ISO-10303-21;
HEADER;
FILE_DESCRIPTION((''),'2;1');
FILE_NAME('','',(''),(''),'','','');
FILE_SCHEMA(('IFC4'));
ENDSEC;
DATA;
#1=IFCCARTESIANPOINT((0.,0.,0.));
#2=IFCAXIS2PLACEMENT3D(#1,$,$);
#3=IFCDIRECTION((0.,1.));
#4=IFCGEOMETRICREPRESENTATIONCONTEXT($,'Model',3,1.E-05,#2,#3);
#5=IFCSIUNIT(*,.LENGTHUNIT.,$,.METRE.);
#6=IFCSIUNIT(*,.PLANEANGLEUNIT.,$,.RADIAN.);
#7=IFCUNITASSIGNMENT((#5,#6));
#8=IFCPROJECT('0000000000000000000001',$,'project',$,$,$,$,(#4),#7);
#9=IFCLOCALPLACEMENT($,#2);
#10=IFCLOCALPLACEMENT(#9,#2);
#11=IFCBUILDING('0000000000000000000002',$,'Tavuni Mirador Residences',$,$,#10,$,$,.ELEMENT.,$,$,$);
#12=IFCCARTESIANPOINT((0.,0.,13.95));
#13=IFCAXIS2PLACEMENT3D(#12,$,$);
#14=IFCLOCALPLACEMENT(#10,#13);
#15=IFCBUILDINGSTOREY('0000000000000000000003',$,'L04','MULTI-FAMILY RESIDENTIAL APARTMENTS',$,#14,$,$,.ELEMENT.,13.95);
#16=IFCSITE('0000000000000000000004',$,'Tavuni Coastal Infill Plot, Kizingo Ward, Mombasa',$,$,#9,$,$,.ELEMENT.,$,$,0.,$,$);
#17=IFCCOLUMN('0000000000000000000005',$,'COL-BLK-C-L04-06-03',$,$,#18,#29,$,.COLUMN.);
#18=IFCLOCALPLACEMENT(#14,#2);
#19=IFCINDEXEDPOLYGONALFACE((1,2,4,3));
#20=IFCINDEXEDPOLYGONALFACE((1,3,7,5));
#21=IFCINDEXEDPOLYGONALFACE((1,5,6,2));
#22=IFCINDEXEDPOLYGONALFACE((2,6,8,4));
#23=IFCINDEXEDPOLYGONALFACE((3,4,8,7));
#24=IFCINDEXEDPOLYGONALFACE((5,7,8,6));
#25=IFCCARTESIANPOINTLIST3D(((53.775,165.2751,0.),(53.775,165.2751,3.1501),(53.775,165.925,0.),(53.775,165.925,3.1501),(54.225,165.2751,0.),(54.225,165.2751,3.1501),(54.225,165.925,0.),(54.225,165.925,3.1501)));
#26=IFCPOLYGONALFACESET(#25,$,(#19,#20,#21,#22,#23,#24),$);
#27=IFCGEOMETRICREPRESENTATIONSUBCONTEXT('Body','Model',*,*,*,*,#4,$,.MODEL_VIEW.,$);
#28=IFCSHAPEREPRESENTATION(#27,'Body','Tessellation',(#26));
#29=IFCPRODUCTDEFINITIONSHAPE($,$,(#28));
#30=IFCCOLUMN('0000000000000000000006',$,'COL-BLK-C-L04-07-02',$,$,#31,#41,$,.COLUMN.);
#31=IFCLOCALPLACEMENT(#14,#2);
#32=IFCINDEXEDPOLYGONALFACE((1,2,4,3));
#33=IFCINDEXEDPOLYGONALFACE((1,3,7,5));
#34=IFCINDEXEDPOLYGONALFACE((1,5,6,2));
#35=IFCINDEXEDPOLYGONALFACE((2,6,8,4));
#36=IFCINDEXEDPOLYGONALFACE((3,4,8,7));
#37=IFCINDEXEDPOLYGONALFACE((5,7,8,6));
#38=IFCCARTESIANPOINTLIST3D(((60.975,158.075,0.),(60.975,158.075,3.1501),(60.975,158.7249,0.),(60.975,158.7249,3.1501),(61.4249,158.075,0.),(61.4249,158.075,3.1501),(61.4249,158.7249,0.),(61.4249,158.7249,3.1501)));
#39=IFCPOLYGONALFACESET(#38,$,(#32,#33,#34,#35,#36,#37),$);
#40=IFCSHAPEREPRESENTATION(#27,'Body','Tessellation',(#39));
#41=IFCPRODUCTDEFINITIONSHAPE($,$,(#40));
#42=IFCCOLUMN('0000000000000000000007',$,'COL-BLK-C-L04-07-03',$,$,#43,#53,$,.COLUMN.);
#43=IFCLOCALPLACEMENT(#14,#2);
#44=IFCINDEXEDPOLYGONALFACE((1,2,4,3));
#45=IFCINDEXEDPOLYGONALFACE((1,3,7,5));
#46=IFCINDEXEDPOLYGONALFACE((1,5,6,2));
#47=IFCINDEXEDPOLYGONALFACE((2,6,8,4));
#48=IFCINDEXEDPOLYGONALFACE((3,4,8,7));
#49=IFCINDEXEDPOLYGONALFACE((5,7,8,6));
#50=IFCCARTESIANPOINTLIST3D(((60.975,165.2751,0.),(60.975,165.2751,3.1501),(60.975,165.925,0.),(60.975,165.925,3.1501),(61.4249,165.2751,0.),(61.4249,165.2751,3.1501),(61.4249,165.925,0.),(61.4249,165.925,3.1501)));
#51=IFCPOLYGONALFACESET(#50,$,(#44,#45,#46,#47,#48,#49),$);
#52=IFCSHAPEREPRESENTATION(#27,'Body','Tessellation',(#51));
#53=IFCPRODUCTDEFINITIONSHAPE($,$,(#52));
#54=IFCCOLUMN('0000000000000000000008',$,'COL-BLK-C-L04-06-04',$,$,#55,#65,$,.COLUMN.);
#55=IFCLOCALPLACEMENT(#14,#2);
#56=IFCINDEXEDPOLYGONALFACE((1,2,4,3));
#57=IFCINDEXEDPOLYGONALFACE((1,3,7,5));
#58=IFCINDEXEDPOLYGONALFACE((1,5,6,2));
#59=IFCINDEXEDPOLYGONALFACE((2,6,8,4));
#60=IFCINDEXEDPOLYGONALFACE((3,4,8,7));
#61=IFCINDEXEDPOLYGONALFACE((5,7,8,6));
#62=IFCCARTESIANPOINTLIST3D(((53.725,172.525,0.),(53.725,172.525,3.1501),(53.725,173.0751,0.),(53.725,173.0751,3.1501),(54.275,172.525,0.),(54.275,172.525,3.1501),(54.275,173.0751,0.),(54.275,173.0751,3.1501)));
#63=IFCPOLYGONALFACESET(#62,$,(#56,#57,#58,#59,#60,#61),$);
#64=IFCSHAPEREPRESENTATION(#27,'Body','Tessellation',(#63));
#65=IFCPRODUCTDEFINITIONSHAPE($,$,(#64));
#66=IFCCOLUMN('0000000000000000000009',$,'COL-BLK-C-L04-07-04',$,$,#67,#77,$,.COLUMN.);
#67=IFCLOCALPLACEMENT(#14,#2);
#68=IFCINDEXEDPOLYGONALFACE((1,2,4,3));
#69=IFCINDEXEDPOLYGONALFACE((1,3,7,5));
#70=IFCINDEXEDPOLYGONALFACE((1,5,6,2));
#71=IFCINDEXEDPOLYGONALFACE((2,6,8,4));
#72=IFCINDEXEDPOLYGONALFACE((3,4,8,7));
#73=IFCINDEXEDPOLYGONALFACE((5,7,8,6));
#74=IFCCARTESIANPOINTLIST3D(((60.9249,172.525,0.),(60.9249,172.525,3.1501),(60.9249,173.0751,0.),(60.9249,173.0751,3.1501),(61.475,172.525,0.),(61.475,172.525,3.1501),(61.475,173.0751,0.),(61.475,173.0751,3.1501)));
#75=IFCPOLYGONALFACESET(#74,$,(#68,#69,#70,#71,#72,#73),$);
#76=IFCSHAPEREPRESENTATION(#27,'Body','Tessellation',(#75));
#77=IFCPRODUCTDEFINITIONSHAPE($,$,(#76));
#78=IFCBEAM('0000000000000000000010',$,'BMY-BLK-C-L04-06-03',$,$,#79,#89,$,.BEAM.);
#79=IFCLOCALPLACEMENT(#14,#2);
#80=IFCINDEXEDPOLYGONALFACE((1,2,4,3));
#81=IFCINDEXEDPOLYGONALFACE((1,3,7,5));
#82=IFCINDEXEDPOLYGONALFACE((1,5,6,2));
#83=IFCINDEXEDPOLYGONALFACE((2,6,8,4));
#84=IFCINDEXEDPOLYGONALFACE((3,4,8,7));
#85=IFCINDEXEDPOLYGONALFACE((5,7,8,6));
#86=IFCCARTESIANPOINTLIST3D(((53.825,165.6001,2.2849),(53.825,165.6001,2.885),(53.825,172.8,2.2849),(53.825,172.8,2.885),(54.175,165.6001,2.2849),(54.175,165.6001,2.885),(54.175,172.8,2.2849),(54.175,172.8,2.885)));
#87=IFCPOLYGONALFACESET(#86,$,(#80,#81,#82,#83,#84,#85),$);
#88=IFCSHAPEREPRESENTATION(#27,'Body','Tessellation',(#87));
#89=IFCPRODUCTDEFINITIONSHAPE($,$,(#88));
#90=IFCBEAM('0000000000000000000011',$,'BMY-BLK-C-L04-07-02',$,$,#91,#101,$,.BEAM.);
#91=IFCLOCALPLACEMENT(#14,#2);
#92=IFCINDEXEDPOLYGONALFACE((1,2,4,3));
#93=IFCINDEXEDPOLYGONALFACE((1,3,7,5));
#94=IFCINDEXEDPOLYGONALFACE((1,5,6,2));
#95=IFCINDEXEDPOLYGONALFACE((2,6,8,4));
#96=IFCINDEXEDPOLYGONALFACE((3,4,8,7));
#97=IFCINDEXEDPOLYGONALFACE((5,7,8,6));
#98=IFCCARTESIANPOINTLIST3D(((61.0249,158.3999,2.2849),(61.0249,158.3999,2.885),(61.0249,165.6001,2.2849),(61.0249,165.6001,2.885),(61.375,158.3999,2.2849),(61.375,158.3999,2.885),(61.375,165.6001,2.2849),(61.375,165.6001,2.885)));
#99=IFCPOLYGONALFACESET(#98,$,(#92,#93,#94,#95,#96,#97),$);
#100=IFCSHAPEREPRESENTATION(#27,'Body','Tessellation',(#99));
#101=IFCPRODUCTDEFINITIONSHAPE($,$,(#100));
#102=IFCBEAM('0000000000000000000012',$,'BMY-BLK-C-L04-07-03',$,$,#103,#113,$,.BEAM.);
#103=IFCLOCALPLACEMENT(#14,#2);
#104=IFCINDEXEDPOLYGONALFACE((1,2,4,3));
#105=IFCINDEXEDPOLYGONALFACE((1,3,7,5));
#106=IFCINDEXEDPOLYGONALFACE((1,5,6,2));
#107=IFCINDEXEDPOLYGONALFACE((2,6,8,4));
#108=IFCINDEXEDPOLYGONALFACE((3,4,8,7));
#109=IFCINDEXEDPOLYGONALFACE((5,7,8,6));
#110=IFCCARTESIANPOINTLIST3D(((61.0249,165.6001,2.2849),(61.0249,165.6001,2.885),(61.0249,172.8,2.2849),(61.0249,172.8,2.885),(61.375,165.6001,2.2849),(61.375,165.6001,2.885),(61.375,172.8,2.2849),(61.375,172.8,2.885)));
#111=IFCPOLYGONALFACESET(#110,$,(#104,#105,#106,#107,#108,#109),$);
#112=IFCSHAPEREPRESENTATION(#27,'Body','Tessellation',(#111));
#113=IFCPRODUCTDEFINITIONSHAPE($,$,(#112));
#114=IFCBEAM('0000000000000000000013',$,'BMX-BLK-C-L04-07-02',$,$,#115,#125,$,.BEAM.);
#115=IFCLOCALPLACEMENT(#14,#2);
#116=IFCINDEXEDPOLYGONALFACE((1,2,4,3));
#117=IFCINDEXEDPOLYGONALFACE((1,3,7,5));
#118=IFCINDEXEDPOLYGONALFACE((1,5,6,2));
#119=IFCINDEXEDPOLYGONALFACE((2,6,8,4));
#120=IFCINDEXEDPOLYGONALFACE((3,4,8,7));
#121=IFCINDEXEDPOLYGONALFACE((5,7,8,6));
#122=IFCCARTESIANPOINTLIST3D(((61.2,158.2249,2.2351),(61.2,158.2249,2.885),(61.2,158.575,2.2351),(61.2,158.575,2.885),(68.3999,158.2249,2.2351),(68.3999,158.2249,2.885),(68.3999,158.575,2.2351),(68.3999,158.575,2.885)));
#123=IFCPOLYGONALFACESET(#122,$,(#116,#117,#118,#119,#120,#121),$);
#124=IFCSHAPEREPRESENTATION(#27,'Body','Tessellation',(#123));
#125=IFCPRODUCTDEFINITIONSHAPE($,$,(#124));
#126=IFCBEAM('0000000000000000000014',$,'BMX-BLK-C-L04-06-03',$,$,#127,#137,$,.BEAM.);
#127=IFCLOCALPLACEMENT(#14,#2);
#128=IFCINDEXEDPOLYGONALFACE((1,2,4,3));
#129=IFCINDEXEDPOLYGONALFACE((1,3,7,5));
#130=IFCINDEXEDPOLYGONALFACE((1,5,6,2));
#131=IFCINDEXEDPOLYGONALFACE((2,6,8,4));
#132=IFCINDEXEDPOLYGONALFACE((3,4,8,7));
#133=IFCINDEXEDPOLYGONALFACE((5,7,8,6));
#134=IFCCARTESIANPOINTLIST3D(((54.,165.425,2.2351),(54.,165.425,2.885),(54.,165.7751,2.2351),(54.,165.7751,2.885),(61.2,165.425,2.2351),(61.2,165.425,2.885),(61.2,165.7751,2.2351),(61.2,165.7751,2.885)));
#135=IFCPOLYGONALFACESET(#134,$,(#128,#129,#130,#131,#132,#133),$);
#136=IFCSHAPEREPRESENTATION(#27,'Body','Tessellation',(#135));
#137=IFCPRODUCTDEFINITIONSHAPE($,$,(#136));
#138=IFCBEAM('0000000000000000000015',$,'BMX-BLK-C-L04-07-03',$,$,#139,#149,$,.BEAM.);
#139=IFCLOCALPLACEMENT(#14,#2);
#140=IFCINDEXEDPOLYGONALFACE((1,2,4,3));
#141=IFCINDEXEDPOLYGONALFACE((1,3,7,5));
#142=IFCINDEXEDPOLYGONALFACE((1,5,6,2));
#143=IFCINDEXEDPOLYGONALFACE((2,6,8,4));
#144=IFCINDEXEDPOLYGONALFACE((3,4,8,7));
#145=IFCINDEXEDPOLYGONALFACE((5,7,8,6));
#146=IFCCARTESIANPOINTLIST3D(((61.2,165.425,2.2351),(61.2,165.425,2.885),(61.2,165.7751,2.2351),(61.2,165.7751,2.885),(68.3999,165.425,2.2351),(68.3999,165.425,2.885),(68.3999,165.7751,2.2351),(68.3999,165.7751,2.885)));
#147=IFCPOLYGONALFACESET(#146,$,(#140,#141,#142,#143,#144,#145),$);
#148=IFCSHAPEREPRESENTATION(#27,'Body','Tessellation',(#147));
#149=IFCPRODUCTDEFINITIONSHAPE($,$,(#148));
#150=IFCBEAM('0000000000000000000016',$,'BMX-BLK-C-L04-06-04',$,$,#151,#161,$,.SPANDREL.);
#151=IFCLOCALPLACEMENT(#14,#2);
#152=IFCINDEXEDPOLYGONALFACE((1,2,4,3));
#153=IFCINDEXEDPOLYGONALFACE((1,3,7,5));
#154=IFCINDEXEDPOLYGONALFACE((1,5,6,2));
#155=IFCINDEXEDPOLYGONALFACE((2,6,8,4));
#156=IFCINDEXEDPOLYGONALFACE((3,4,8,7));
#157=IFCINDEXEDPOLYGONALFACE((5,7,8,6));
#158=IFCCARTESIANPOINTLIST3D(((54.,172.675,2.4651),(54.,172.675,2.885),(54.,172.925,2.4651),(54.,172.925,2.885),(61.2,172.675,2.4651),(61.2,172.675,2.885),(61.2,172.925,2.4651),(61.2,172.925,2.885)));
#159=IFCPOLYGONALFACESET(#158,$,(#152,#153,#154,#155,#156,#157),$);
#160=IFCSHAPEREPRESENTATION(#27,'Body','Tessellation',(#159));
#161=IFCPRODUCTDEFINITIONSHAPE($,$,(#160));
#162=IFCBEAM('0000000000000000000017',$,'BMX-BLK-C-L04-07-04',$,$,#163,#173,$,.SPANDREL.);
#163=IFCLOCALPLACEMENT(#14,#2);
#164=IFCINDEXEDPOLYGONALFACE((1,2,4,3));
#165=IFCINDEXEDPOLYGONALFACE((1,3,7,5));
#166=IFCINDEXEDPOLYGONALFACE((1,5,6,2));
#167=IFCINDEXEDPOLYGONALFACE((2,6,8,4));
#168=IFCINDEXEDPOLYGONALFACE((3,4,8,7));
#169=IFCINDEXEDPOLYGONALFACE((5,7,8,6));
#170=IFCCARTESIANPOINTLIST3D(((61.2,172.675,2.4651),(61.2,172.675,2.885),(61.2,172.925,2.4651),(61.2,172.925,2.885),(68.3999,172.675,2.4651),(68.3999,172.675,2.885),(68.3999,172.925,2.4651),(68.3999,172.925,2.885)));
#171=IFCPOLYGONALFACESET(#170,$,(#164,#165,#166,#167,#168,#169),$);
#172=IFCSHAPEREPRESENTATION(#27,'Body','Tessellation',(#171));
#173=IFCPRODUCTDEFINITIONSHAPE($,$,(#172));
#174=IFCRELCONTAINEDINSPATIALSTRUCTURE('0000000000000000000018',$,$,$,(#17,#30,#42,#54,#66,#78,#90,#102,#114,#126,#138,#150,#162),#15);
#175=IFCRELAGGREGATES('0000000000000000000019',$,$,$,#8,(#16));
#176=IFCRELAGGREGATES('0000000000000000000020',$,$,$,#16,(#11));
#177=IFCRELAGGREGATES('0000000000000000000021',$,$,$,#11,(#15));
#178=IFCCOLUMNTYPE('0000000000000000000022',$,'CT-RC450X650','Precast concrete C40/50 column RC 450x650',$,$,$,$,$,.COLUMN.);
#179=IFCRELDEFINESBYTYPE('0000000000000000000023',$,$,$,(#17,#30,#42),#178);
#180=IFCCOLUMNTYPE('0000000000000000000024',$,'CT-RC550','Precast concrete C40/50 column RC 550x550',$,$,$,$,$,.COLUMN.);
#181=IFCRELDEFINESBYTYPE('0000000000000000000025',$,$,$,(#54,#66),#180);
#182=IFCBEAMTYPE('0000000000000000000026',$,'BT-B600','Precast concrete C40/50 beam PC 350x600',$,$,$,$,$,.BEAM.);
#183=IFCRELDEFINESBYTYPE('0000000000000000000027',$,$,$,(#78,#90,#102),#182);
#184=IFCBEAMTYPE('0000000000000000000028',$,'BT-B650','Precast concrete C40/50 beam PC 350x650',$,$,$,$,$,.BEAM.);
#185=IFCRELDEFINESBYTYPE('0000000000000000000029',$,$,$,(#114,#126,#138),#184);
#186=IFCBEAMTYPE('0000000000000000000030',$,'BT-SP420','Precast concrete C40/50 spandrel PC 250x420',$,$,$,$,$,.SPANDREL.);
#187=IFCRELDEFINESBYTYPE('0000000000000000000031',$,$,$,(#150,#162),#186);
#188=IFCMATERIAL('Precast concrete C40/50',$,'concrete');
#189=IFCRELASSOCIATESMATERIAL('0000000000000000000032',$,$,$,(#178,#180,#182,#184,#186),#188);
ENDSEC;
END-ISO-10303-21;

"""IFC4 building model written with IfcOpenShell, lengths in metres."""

from ifc_helpers import new_model, si_unit, direction, frame, origin, origin_2d, place, context, subcontext, project, spatial, rectangle, extrude, material, material_profile, profile_set, type_object, element, save


model = new_model("IFC4")

# Units and contexts
model_context = context("Model", 3, precision=1e-05, world=origin(), true_north=direction((0.0, 1.0)))
body_context = subcontext(model_context, "Body", "Model", "MODEL_VIEW")
ifc_project = project(units=[si_unit("LENGTHUNIT", "METRE"), si_unit("PLANEANGLEUNIT", "RADIAN")], contexts=[model_context])

# Site, building, storey
site_placement = place(None, origin())
site = spatial("IfcSite", under=ifc_project, at=site_placement, Name="Tavuni Coastal Infill Plot, Kizingo Ward, Mombasa", CompositionType="ELEMENT", RefElevation=0.0)
building_placement = place(site_placement, origin())
building = spatial("IfcBuilding", under=site, at=building_placement, Name="Tavuni Mirador Residences", CompositionType="ELEMENT")
storey_placement = place(building_placement, frame((0.0, 0.0, 13.95)))
storey = spatial("IfcBuildingStorey", under=building, at=storey_placement, Name="L04", Description="MULTI-FAMILY RESIDENTIAL APARTMENTS", CompositionType="ELEMENT", Elevation=13.95)

# Columns
ifc_material_1 = material(Name="Precast concrete C40/50", Category="concrete")
ifc_material_profile_1 = material_profile(ifc_material_1, rectangle(XDim=0.45, YDim=0.6499, at=origin_2d()), Name="RC 450x650", Category="concrete")
ifc_profile_set_1 = profile_set([ifc_material_profile_1], Name="Precast concrete C40/50")
column_type_1 = type_object("IfcColumnType", Name="CT-RC450X650", Description="Precast concrete C40/50 column RC 450x650", PredefinedType="COLUMN", material=ifc_profile_set_1)
for number, where, z_axis, x_axis, name in (
    (1, (54.0, 165.6001, 0.0), (0.0, 0.0, 1.0), (1.0, 0.0, 0.0), "COL-BLK-C-L04-06-03"),
    (2, (61.2, 158.3999, 0.0), (0.0, 0.0, 1.0), (1.0, 0.0, 0.0), "COL-BLK-C-L04-07-02"),
    (3, (61.2, 165.6001, 0.0), (0.0, 0.0, 1.0), (1.0, 0.0, 0.0), "COL-BLK-C-L04-07-03"),
):
    element("IfcColumn", number, at=place(storey_placement, frame(where, z_axis=z_axis, x_axis=x_axis)), inside=storey, type_object=column_type_1, Name=name, PredefinedType="COLUMN", context=body_context, shape_type="SweptSolid", body=[
        extrude(rectangle(XDim=0.45, YDim=0.6499, at=origin_2d()), origin(), (0.0, 0.0, 1.0), 3.1501),
    ])
ifc_material_profile_2 = material_profile(ifc_material_1, rectangle(XDim=0.55, YDim=0.55, at=origin_2d()), Name="RC 550x550", Category="concrete")
ifc_profile_set_2 = profile_set([ifc_material_profile_2], Name="Precast concrete C40/50")
column_type_2 = type_object("IfcColumnType", Name="CT-RC550", Description="Precast concrete C40/50 column RC 550x550", PredefinedType="COLUMN", material=ifc_profile_set_2)
for number, where, z_axis, x_axis, name in (
    (4, (54.0, 172.8, 0.0), (0.0, 0.0, 1.0), (1.0, 0.0, 0.0), "COL-BLK-C-L04-06-04"),
    (5, (61.2, 172.8, 0.0), (0.0, 0.0, 1.0), (1.0, 0.0, 0.0), "COL-BLK-C-L04-07-04"),
):
    element("IfcColumn", number, at=place(storey_placement, frame(where, z_axis=z_axis, x_axis=x_axis)), inside=storey, type_object=column_type_2, Name=name, PredefinedType="COLUMN", context=body_context, shape_type="SweptSolid", body=[
        extrude(rectangle(XDim=0.55, YDim=0.55, at=origin_2d()), origin(), (0.0, 0.0, 1.0), 3.1501),
    ])

# Beams
ifc_material_profile_3 = material_profile(ifc_material_1, rectangle(XDim=0.3501, YDim=0.6001, at=origin_2d()), Name="PC 350x600", Category="concrete")
ifc_profile_set_3 = profile_set([ifc_material_profile_3], Name="Precast concrete C40/50")
beam_type_1 = type_object("IfcBeamType", Name="BT-B600", Description="Precast concrete C40/50 beam PC 350x600", PredefinedType="BEAM", material=ifc_profile_set_3)
beam_1_placement = place(storey_placement, frame((54.0, 165.6001, 2.585), z_axis=(0.0, 1.0, 0.0), x_axis=(-1.0, 0.0, 0.0)))
element("IfcBeam", 6, at=beam_1_placement, inside=storey, type_object=beam_type_1, Name="BMY-BLK-C-L04-06-03", PredefinedType="BEAM", context=body_context, shape_type="SweptSolid", body=[
    extrude(rectangle(XDim=0.3501, YDim=0.6001, at=origin_2d()), origin(), (0.0, 0.0, 1.0), 7.2),
])
beam_2_placement = place(storey_placement, frame((61.2, 158.3999, 2.585), z_axis=(0.0, 1.0, 0.0), x_axis=(-1.0, 0.0, 0.0)))
element("IfcBeam", 7, at=beam_2_placement, inside=storey, type_object=beam_type_1, Name="BMY-BLK-C-L04-07-02", PredefinedType="BEAM", context=body_context, shape_type="SweptSolid", body=[
    extrude(rectangle(XDim=0.3501, YDim=0.6001, at=origin_2d()), origin(), (0.0, 0.0, 1.0), 7.2002),
])
beam_3_placement = place(storey_placement, frame((61.2, 165.6001, 2.585), z_axis=(0.0, 1.0, 0.0), x_axis=(-1.0, 0.0, 0.0)))
element("IfcBeam", 8, at=beam_3_placement, inside=storey, type_object=beam_type_1, Name="BMY-BLK-C-L04-07-03", PredefinedType="BEAM", context=body_context, shape_type="SweptSolid", body=[
    extrude(rectangle(XDim=0.3501, YDim=0.6001, at=origin_2d()), origin(), (0.0, 0.0, 1.0), 7.2),
])
ifc_material_profile_4 = material_profile(ifc_material_1, rectangle(XDim=0.3501, YDim=0.6499, at=origin_2d()), Name="PC 350x650", Category="concrete")
ifc_profile_set_4 = profile_set([ifc_material_profile_4], Name="Precast concrete C40/50")
beam_type_2 = type_object("IfcBeamType", Name="BT-B650", Description="Precast concrete C40/50 beam PC 350x650", PredefinedType="BEAM", material=ifc_profile_set_4)
for number, where, z_axis, x_axis, name in (
    (9, (61.2, 158.3999, 2.5601), (1.0, 0.0, 0.0), (0.0, 1.0, 0.0), "BMX-BLK-C-L04-07-02"),
    (10, (54.0, 165.6001, 2.5601), (1.0, 0.0, 0.0), (0.0, 1.0, 0.0), "BMX-BLK-C-L04-06-03"),
    (11, (61.2, 165.6001, 2.5601), (1.0, 0.0, 0.0), (0.0, 1.0, 0.0), "BMX-BLK-C-L04-07-03"),
):
    element("IfcBeam", number, at=place(storey_placement, frame(where, z_axis=z_axis, x_axis=x_axis)), inside=storey, type_object=beam_type_2, Name=name, PredefinedType="BEAM", context=body_context, shape_type="SweptSolid", body=[
        extrude(rectangle(XDim=0.3501, YDim=0.6499, at=origin_2d()), origin(), (0.0, 0.0, 1.0), 7.2),
    ])
ifc_material_profile_5 = material_profile(ifc_material_1, rectangle(XDim=0.25, YDim=0.4199, at=origin_2d()), Name="PC 250x420", Category="concrete")
ifc_profile_set_5 = profile_set([ifc_material_profile_5], Name="Precast concrete C40/50")
beam_type_3 = type_object("IfcBeamType", Name="BT-SP420", Description="Precast concrete C40/50 spandrel PC 250x420", PredefinedType="SPANDREL", material=ifc_profile_set_5)
for number, where, z_axis, x_axis, name in (
    (12, (54.0, 172.8, 2.675), (1.0, 0.0, 0.0), (0.0, 1.0, 0.0), "BMX-BLK-C-L04-06-04"),
    (13, (61.2, 172.8, 2.675), (1.0, 0.0, 0.0), (0.0, 1.0, 0.0), "BMX-BLK-C-L04-07-04"),
):
    element("IfcBeam", number, at=place(storey_placement, frame(where, z_axis=z_axis, x_axis=x_axis)), inside=storey, type_object=beam_type_3, Name=name, PredefinedType="SPANDREL", context=body_context, shape_type="SweptSolid", body=[
        extrude(rectangle(XDim=0.25, YDim=0.4199, at=origin_2d()), origin(), (0.0, 0.0, 1.0), 7.2),
    ])

save(model, "model.ifc")
